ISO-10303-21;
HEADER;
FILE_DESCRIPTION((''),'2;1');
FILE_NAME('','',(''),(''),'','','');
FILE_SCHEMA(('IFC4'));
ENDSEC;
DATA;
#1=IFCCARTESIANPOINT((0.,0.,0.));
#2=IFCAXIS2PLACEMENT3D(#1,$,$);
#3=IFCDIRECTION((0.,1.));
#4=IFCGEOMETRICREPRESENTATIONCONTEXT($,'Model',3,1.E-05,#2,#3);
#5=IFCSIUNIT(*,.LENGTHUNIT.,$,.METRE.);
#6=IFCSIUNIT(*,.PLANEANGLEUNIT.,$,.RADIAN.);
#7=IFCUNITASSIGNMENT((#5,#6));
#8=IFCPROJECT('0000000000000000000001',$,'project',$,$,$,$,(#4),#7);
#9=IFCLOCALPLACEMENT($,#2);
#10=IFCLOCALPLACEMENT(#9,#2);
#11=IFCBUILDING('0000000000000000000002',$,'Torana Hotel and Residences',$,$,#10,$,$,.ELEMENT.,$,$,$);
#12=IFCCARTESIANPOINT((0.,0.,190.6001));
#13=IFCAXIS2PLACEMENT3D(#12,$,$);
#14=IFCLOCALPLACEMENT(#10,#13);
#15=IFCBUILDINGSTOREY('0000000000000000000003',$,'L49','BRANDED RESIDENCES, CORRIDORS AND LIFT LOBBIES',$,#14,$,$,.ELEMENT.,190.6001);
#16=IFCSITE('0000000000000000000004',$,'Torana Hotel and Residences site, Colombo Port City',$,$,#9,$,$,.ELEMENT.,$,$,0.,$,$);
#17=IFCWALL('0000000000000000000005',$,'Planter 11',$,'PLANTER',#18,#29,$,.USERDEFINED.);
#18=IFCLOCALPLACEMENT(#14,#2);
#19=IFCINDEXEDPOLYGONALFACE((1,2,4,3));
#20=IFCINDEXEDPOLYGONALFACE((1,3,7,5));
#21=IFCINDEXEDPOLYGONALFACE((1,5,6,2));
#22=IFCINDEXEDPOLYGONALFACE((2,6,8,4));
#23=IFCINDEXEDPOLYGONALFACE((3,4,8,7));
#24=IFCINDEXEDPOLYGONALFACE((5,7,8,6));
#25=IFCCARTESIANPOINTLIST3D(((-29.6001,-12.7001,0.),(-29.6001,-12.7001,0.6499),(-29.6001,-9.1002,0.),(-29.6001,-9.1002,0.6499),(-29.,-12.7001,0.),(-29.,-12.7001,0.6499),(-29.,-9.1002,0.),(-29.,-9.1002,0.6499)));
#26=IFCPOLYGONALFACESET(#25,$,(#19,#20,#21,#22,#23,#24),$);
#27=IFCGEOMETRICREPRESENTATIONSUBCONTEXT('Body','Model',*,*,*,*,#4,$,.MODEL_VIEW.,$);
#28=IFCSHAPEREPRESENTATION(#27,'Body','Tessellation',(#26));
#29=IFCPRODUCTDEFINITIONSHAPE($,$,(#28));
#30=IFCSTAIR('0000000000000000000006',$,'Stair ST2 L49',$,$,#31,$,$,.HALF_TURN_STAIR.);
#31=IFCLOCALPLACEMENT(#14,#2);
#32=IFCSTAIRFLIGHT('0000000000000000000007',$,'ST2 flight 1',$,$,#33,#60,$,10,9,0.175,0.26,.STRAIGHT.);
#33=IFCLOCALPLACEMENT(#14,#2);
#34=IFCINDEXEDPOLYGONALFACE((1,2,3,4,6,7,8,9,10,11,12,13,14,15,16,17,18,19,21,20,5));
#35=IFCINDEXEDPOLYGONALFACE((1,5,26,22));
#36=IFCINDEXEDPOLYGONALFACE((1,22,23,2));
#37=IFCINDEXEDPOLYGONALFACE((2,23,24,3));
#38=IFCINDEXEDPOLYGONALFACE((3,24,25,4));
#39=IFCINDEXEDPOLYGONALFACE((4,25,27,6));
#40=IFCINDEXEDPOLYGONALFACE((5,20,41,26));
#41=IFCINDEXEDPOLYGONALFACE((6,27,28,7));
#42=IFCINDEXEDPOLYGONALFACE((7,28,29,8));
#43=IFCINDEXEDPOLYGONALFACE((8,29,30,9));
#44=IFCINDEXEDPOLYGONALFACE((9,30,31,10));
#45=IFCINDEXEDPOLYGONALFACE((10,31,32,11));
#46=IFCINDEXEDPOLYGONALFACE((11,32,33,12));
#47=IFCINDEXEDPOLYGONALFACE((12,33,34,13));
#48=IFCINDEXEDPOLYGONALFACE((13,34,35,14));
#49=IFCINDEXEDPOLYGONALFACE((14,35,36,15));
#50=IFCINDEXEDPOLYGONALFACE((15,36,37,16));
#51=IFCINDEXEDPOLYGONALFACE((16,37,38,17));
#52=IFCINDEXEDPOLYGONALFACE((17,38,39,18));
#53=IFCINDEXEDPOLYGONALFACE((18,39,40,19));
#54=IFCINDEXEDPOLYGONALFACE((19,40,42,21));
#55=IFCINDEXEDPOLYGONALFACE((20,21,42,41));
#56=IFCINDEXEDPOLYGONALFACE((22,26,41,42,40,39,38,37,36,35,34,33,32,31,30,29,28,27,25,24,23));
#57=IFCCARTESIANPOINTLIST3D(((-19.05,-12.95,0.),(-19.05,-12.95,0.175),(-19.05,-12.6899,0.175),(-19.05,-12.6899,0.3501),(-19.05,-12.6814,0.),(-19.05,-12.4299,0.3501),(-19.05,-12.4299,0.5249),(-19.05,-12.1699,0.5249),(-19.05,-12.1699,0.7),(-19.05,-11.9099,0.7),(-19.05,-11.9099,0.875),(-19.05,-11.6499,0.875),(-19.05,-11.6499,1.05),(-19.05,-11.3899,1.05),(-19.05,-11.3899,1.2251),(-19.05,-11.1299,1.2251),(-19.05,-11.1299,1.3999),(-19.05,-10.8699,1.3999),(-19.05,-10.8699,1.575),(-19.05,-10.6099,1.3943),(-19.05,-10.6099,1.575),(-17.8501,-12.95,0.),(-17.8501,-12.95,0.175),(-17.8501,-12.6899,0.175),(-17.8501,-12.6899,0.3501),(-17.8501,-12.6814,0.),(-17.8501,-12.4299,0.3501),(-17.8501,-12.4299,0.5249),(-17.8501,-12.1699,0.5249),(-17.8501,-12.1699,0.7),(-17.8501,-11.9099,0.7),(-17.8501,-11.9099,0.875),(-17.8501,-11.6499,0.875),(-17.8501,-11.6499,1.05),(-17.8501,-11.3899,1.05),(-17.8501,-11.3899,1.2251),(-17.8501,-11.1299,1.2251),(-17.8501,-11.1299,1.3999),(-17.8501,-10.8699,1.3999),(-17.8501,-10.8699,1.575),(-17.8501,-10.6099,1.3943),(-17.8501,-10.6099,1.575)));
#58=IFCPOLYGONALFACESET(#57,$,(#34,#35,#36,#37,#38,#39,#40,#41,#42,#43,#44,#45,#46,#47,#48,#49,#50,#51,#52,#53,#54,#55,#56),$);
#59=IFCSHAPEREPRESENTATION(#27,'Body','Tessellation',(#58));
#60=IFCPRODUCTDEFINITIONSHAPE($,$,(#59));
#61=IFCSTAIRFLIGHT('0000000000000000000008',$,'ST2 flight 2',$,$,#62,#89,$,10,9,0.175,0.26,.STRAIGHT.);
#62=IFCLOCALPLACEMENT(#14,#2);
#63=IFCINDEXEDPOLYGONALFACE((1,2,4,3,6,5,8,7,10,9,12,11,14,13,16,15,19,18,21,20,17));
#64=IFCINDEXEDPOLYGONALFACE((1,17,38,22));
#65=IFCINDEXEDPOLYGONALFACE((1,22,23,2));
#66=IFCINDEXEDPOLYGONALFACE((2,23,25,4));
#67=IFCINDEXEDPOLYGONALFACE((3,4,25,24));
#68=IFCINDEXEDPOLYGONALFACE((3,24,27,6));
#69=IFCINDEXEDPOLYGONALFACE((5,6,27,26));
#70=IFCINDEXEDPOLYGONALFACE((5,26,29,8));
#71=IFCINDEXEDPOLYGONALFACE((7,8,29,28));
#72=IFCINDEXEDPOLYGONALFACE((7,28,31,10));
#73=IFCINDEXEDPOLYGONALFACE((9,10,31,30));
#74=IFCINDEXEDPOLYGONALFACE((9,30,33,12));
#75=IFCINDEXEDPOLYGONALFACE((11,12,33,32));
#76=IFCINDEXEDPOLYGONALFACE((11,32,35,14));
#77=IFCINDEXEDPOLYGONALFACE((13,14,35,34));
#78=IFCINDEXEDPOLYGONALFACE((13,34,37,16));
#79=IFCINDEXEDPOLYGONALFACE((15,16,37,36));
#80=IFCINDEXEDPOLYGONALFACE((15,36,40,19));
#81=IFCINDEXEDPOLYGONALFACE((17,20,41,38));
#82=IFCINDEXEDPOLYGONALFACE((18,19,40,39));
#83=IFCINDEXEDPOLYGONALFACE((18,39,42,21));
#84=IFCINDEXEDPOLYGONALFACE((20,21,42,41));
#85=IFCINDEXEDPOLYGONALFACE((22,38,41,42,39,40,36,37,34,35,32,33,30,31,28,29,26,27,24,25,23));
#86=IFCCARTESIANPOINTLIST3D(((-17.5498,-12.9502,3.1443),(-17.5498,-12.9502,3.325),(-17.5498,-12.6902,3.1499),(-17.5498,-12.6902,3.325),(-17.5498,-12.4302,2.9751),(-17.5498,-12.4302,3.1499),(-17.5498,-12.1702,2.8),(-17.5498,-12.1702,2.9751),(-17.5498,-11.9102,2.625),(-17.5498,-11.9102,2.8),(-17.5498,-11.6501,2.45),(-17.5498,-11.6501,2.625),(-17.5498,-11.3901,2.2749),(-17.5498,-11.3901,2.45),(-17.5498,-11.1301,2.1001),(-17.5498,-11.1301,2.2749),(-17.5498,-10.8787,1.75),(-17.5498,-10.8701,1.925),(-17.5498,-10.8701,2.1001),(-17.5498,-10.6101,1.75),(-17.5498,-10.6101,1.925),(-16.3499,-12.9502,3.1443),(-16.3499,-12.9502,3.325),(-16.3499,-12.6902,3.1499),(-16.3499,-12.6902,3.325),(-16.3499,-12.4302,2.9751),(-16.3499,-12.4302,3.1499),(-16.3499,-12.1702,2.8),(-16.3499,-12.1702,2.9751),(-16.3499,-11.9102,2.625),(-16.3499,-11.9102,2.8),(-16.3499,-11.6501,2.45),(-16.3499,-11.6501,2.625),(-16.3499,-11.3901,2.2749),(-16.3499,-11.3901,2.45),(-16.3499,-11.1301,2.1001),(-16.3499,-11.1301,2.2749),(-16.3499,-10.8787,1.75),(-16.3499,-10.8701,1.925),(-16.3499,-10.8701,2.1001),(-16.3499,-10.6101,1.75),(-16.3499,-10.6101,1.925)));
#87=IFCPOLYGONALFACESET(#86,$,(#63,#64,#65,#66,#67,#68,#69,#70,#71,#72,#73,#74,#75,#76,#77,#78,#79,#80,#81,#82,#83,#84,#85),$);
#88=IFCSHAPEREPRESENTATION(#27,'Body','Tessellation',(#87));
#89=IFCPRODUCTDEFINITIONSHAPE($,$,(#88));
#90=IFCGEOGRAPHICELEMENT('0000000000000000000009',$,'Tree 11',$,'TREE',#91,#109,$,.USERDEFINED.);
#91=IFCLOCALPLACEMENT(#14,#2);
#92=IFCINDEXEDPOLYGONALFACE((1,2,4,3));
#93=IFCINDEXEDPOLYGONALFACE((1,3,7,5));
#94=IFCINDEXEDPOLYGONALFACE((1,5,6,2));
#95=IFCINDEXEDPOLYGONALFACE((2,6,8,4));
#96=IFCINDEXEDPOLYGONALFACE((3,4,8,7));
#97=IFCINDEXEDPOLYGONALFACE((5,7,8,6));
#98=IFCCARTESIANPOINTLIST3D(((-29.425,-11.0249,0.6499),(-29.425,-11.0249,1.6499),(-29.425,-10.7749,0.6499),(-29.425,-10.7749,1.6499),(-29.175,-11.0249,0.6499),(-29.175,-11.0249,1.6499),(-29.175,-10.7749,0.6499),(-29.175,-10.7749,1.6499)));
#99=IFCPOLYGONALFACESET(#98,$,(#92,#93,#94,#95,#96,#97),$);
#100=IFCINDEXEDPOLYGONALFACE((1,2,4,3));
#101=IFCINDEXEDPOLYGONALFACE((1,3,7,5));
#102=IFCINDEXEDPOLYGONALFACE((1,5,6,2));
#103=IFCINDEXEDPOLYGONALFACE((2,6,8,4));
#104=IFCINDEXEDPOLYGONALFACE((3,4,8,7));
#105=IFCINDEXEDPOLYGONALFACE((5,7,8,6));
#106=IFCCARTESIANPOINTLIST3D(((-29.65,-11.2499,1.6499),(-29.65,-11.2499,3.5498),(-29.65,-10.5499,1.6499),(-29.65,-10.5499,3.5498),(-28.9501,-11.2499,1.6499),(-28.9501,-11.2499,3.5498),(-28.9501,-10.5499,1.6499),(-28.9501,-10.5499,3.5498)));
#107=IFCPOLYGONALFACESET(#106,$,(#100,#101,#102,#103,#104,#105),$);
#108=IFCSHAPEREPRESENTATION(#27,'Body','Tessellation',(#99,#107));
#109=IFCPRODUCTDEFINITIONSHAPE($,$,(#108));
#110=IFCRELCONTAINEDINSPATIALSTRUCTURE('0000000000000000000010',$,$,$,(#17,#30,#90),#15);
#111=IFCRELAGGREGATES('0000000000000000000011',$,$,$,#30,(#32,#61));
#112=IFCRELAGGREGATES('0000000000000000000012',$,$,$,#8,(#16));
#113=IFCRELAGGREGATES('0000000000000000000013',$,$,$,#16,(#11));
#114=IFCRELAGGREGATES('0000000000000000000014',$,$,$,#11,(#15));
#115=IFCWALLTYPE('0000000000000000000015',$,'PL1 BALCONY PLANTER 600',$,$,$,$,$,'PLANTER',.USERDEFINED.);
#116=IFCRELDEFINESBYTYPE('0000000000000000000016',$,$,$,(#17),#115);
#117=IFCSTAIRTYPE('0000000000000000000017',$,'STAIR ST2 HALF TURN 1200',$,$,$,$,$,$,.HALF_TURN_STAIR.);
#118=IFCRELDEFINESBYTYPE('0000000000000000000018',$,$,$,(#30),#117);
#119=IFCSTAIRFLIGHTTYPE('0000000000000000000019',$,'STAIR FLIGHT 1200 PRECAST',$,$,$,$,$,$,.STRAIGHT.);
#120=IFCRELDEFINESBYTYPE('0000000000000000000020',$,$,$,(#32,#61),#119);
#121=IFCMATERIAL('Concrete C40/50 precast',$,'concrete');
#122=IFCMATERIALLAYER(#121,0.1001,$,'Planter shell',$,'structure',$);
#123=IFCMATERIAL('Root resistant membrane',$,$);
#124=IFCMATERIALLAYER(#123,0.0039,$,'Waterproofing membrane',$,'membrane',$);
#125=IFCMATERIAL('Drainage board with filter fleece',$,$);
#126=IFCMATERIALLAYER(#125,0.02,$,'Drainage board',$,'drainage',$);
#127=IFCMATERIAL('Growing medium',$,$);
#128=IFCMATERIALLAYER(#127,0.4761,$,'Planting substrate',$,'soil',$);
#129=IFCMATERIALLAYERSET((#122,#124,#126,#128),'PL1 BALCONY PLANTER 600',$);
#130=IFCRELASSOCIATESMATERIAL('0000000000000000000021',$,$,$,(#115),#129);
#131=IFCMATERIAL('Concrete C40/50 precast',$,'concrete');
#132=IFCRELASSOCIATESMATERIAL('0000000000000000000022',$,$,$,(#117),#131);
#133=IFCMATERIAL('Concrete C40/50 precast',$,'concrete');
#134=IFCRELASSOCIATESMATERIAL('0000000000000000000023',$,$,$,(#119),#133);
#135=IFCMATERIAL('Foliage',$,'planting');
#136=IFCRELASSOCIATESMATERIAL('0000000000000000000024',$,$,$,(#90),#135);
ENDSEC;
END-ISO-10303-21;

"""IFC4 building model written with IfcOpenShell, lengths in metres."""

from ifc_helpers import new_model, si_unit, direction, frame, frame_2d, origin, origin_2d, place, context, subcontext, project, spatial, polyline, rectangle, outline, extrude, material, layer, layer_set, type_object, element, aggregate, save


model = new_model("IFC4")

# Units and contexts
model_context = context("Model", 3, precision=1e-05, world=origin(), true_north=direction((0.0, 1.0)))
body_context = subcontext(model_context, "Body", "Model", "MODEL_VIEW")
ifc_project = project(units=[si_unit("LENGTHUNIT", "METRE"), si_unit("PLANEANGLEUNIT", "RADIAN")], contexts=[model_context])

# Site, building, storey
site_placement = place(None, origin())
site = spatial("IfcSite", under=ifc_project, at=site_placement, Name="Torana Hotel and Residences site, Colombo Port City", CompositionType="ELEMENT", RefElevation=0.0)
building_placement = place(site_placement, origin())
building = spatial("IfcBuilding", under=site, at=building_placement, Name="Torana Hotel and Residences", CompositionType="ELEMENT")
storey_placement = place(building_placement, frame((0.0, 0.0, 190.6001)))
storey = spatial("IfcBuildingStorey", under=building, at=storey_placement, Name="L49", Description="BRANDED RESIDENCES, CORRIDORS AND LIFT LOBBIES", CompositionType="ELEMENT", Elevation=190.6001)

# Wall
ifc_material_1 = material(Name="Concrete C40/50 precast", Category="concrete")
ifc_layer_1 = layer(ifc_material_1, 0.1001, Name="Planter shell", Category="structure")
ifc_material_2 = material(Name="Root resistant membrane")
ifc_layer_2 = layer(ifc_material_2, 0.0039, Name="Waterproofing membrane", Category="membrane")
ifc_material_3 = material(Name="Drainage board with filter fleece")
ifc_layer_3 = layer(ifc_material_3, 0.02, Name="Drainage board", Category="drainage")
ifc_material_4 = material(Name="Growing medium")
ifc_layer_4 = layer(ifc_material_4, 0.4761, Name="Planting substrate", Category="soil")
ifc_layer_set_1 = layer_set([ifc_layer_1, ifc_layer_2, ifc_layer_3, ifc_layer_4], Name="PL1 BALCONY PLANTER 600")
wall_type_1 = type_object("IfcWallType", Name="PL1 BALCONY PLANTER 600", ElementType="PLANTER", PredefinedType="USERDEFINED", material=ifc_layer_set_1)
wall_1_placement = place(storey_placement, frame((-29.3, -12.7, 0.0), z_axis=(0.0, 0.0, 1.0), x_axis=(0.0, 1.0, 0.0)))
element("IfcWall", 1, at=wall_1_placement, inside=storey, type_object=wall_type_1, Name="Planter 11", ObjectType="PLANTER", PredefinedType="USERDEFINED", context=body_context, shape_type="SweptSolid", body=[
    extrude(rectangle(XDim=3.5999, YDim=0.6001, at=frame_2d((1.7998, 0.0))), origin(), (0.0, 0.0, 1.0), 0.6499),
])

# Stair, stair flights
ifc_material_5 = material(Name="Concrete C40/50 precast", Category="concrete")
stair_type = type_object("IfcStairType", Name="STAIR ST2 HALF TURN 1200", PredefinedType="HALF_TURN_STAIR", material=ifc_material_5)
stair_placement = place(storey_placement, origin())
stair = element("IfcStair", 2, at=stair_placement, inside=storey, type_object=stair_type, Name="Stair ST2 L49", PredefinedType="HALF_TURN_STAIR")
ifc_material_6 = material(Name="Concrete C40/50 precast", Category="concrete")
stair_flight_type = type_object("IfcStairFlightType", Name="STAIR FLIGHT 1200 PRECAST", PredefinedType="STRAIGHT", material=ifc_material_6)
stair_flight_1_placement = place(storey_placement, frame((-18.45, -12.95, 0.0), z_axis=(0.0, 0.0, 1.0), x_axis=(0.0, 1.0, 0.0)))
stair_flight_1 = element("IfcStairFlight", 3, at=stair_flight_1_placement, type_object=stair_flight_type, Name="ST2 flight 1", NumberOfRisers=10, NumberOfTreads=9, PredefinedType="STRAIGHT", RiserHeight=0.175, TreadLength=0.26, context=body_context, shape_type="SweptSolid", body=[
    extrude(outline(polyline([(0.0, 0.0), (0.0, 0.175), (0.26, 0.175), (0.26, 0.3501), (0.52, 0.3501), (0.52, 0.5249), (0.78, 0.5249), (0.78, 0.7), (1.04, 0.7), (1.04, 0.875), (1.3, 0.875), (1.3, 1.05), (1.5601, 1.05), (1.5601, 1.2251), (1.8201, 1.2251), (1.8201, 1.3999), (2.0801, 1.3999), (2.0801, 1.575), (2.3401, 1.575), (2.3401, 1.75), (2.3401, 1.3943), (0.2686, 0.0), (0.0, 0.0)])), frame((0.0, 0.6001, 0.0), z_axis=(0.0, -1.0, 0.0), x_axis=(1.0, 0.0, 0.0)), (0.0, 0.0, 1.0), 1.2),
])
stair_flight_2_placement = place(storey_placement, frame((-16.95, -10.6101, 1.75), z_axis=(0.0, 0.0, 1.0), x_axis=(0.0, -1.0, 0.0)))
stair_flight_2 = element("IfcStairFlight", 4, at=stair_flight_2_placement, type_object=stair_flight_type, Name="ST2 flight 2", NumberOfRisers=10, NumberOfTreads=9, PredefinedType="STRAIGHT", RiserHeight=0.175, TreadLength=0.26, context=body_context, shape_type="SweptSolid", body=[
    extrude(outline(polyline([(0.0, 0.0), (0.0, 0.175), (0.26, 0.175), (0.26, 0.3501), (0.52, 0.3501), (0.52, 0.5249), (0.78, 0.5249), (0.78, 0.7), (1.04, 0.7), (1.04, 0.875), (1.3, 0.875), (1.3, 1.05), (1.5601, 1.05), (1.5601, 1.2251), (1.8201, 1.2251), (1.8201, 1.3999), (2.0801, 1.3999), (2.0801, 1.575), (2.3401, 1.575), (2.3401, 1.75), (2.3401, 1.3943), (0.2686, 0.0), (0.0, 0.0)])), frame((0.0, 0.6001, 0.0), z_axis=(0.0, -1.0, 0.0), x_axis=(1.0, 0.0, 0.0)), (0.0, 0.0, 1.0), 1.2),
])
aggregate(stair, [stair_flight_1, stair_flight_2])

# Geographic element
ifc_material_7 = material(Name="Foliage", Category="planting")
geographic_element_placement = place(storey_placement, frame((-29.3, -10.8999, 0.6499), z_axis=(0.0, 0.0, 1.0), x_axis=(1.0, 0.0, 0.0)))
element("IfcGeographicElement", 5, at=geographic_element_placement, inside=storey, material=ifc_material_7, Name="Tree 11", ObjectType="TREE", PredefinedType="USERDEFINED", context=body_context, shape_type="SweptSolid", body=[
    extrude(rectangle(XDim=0.25, YDim=0.25, at=origin_2d()), origin(), (0.0, 0.0, 1.0), 1.0),
    extrude(rectangle(XDim=0.7, YDim=0.7, at=origin_2d()), frame((0.0, 0.0, 1.0)), (0.0, 0.0, 1.0), 1.8999),
])

save(model, "model.ifc")
